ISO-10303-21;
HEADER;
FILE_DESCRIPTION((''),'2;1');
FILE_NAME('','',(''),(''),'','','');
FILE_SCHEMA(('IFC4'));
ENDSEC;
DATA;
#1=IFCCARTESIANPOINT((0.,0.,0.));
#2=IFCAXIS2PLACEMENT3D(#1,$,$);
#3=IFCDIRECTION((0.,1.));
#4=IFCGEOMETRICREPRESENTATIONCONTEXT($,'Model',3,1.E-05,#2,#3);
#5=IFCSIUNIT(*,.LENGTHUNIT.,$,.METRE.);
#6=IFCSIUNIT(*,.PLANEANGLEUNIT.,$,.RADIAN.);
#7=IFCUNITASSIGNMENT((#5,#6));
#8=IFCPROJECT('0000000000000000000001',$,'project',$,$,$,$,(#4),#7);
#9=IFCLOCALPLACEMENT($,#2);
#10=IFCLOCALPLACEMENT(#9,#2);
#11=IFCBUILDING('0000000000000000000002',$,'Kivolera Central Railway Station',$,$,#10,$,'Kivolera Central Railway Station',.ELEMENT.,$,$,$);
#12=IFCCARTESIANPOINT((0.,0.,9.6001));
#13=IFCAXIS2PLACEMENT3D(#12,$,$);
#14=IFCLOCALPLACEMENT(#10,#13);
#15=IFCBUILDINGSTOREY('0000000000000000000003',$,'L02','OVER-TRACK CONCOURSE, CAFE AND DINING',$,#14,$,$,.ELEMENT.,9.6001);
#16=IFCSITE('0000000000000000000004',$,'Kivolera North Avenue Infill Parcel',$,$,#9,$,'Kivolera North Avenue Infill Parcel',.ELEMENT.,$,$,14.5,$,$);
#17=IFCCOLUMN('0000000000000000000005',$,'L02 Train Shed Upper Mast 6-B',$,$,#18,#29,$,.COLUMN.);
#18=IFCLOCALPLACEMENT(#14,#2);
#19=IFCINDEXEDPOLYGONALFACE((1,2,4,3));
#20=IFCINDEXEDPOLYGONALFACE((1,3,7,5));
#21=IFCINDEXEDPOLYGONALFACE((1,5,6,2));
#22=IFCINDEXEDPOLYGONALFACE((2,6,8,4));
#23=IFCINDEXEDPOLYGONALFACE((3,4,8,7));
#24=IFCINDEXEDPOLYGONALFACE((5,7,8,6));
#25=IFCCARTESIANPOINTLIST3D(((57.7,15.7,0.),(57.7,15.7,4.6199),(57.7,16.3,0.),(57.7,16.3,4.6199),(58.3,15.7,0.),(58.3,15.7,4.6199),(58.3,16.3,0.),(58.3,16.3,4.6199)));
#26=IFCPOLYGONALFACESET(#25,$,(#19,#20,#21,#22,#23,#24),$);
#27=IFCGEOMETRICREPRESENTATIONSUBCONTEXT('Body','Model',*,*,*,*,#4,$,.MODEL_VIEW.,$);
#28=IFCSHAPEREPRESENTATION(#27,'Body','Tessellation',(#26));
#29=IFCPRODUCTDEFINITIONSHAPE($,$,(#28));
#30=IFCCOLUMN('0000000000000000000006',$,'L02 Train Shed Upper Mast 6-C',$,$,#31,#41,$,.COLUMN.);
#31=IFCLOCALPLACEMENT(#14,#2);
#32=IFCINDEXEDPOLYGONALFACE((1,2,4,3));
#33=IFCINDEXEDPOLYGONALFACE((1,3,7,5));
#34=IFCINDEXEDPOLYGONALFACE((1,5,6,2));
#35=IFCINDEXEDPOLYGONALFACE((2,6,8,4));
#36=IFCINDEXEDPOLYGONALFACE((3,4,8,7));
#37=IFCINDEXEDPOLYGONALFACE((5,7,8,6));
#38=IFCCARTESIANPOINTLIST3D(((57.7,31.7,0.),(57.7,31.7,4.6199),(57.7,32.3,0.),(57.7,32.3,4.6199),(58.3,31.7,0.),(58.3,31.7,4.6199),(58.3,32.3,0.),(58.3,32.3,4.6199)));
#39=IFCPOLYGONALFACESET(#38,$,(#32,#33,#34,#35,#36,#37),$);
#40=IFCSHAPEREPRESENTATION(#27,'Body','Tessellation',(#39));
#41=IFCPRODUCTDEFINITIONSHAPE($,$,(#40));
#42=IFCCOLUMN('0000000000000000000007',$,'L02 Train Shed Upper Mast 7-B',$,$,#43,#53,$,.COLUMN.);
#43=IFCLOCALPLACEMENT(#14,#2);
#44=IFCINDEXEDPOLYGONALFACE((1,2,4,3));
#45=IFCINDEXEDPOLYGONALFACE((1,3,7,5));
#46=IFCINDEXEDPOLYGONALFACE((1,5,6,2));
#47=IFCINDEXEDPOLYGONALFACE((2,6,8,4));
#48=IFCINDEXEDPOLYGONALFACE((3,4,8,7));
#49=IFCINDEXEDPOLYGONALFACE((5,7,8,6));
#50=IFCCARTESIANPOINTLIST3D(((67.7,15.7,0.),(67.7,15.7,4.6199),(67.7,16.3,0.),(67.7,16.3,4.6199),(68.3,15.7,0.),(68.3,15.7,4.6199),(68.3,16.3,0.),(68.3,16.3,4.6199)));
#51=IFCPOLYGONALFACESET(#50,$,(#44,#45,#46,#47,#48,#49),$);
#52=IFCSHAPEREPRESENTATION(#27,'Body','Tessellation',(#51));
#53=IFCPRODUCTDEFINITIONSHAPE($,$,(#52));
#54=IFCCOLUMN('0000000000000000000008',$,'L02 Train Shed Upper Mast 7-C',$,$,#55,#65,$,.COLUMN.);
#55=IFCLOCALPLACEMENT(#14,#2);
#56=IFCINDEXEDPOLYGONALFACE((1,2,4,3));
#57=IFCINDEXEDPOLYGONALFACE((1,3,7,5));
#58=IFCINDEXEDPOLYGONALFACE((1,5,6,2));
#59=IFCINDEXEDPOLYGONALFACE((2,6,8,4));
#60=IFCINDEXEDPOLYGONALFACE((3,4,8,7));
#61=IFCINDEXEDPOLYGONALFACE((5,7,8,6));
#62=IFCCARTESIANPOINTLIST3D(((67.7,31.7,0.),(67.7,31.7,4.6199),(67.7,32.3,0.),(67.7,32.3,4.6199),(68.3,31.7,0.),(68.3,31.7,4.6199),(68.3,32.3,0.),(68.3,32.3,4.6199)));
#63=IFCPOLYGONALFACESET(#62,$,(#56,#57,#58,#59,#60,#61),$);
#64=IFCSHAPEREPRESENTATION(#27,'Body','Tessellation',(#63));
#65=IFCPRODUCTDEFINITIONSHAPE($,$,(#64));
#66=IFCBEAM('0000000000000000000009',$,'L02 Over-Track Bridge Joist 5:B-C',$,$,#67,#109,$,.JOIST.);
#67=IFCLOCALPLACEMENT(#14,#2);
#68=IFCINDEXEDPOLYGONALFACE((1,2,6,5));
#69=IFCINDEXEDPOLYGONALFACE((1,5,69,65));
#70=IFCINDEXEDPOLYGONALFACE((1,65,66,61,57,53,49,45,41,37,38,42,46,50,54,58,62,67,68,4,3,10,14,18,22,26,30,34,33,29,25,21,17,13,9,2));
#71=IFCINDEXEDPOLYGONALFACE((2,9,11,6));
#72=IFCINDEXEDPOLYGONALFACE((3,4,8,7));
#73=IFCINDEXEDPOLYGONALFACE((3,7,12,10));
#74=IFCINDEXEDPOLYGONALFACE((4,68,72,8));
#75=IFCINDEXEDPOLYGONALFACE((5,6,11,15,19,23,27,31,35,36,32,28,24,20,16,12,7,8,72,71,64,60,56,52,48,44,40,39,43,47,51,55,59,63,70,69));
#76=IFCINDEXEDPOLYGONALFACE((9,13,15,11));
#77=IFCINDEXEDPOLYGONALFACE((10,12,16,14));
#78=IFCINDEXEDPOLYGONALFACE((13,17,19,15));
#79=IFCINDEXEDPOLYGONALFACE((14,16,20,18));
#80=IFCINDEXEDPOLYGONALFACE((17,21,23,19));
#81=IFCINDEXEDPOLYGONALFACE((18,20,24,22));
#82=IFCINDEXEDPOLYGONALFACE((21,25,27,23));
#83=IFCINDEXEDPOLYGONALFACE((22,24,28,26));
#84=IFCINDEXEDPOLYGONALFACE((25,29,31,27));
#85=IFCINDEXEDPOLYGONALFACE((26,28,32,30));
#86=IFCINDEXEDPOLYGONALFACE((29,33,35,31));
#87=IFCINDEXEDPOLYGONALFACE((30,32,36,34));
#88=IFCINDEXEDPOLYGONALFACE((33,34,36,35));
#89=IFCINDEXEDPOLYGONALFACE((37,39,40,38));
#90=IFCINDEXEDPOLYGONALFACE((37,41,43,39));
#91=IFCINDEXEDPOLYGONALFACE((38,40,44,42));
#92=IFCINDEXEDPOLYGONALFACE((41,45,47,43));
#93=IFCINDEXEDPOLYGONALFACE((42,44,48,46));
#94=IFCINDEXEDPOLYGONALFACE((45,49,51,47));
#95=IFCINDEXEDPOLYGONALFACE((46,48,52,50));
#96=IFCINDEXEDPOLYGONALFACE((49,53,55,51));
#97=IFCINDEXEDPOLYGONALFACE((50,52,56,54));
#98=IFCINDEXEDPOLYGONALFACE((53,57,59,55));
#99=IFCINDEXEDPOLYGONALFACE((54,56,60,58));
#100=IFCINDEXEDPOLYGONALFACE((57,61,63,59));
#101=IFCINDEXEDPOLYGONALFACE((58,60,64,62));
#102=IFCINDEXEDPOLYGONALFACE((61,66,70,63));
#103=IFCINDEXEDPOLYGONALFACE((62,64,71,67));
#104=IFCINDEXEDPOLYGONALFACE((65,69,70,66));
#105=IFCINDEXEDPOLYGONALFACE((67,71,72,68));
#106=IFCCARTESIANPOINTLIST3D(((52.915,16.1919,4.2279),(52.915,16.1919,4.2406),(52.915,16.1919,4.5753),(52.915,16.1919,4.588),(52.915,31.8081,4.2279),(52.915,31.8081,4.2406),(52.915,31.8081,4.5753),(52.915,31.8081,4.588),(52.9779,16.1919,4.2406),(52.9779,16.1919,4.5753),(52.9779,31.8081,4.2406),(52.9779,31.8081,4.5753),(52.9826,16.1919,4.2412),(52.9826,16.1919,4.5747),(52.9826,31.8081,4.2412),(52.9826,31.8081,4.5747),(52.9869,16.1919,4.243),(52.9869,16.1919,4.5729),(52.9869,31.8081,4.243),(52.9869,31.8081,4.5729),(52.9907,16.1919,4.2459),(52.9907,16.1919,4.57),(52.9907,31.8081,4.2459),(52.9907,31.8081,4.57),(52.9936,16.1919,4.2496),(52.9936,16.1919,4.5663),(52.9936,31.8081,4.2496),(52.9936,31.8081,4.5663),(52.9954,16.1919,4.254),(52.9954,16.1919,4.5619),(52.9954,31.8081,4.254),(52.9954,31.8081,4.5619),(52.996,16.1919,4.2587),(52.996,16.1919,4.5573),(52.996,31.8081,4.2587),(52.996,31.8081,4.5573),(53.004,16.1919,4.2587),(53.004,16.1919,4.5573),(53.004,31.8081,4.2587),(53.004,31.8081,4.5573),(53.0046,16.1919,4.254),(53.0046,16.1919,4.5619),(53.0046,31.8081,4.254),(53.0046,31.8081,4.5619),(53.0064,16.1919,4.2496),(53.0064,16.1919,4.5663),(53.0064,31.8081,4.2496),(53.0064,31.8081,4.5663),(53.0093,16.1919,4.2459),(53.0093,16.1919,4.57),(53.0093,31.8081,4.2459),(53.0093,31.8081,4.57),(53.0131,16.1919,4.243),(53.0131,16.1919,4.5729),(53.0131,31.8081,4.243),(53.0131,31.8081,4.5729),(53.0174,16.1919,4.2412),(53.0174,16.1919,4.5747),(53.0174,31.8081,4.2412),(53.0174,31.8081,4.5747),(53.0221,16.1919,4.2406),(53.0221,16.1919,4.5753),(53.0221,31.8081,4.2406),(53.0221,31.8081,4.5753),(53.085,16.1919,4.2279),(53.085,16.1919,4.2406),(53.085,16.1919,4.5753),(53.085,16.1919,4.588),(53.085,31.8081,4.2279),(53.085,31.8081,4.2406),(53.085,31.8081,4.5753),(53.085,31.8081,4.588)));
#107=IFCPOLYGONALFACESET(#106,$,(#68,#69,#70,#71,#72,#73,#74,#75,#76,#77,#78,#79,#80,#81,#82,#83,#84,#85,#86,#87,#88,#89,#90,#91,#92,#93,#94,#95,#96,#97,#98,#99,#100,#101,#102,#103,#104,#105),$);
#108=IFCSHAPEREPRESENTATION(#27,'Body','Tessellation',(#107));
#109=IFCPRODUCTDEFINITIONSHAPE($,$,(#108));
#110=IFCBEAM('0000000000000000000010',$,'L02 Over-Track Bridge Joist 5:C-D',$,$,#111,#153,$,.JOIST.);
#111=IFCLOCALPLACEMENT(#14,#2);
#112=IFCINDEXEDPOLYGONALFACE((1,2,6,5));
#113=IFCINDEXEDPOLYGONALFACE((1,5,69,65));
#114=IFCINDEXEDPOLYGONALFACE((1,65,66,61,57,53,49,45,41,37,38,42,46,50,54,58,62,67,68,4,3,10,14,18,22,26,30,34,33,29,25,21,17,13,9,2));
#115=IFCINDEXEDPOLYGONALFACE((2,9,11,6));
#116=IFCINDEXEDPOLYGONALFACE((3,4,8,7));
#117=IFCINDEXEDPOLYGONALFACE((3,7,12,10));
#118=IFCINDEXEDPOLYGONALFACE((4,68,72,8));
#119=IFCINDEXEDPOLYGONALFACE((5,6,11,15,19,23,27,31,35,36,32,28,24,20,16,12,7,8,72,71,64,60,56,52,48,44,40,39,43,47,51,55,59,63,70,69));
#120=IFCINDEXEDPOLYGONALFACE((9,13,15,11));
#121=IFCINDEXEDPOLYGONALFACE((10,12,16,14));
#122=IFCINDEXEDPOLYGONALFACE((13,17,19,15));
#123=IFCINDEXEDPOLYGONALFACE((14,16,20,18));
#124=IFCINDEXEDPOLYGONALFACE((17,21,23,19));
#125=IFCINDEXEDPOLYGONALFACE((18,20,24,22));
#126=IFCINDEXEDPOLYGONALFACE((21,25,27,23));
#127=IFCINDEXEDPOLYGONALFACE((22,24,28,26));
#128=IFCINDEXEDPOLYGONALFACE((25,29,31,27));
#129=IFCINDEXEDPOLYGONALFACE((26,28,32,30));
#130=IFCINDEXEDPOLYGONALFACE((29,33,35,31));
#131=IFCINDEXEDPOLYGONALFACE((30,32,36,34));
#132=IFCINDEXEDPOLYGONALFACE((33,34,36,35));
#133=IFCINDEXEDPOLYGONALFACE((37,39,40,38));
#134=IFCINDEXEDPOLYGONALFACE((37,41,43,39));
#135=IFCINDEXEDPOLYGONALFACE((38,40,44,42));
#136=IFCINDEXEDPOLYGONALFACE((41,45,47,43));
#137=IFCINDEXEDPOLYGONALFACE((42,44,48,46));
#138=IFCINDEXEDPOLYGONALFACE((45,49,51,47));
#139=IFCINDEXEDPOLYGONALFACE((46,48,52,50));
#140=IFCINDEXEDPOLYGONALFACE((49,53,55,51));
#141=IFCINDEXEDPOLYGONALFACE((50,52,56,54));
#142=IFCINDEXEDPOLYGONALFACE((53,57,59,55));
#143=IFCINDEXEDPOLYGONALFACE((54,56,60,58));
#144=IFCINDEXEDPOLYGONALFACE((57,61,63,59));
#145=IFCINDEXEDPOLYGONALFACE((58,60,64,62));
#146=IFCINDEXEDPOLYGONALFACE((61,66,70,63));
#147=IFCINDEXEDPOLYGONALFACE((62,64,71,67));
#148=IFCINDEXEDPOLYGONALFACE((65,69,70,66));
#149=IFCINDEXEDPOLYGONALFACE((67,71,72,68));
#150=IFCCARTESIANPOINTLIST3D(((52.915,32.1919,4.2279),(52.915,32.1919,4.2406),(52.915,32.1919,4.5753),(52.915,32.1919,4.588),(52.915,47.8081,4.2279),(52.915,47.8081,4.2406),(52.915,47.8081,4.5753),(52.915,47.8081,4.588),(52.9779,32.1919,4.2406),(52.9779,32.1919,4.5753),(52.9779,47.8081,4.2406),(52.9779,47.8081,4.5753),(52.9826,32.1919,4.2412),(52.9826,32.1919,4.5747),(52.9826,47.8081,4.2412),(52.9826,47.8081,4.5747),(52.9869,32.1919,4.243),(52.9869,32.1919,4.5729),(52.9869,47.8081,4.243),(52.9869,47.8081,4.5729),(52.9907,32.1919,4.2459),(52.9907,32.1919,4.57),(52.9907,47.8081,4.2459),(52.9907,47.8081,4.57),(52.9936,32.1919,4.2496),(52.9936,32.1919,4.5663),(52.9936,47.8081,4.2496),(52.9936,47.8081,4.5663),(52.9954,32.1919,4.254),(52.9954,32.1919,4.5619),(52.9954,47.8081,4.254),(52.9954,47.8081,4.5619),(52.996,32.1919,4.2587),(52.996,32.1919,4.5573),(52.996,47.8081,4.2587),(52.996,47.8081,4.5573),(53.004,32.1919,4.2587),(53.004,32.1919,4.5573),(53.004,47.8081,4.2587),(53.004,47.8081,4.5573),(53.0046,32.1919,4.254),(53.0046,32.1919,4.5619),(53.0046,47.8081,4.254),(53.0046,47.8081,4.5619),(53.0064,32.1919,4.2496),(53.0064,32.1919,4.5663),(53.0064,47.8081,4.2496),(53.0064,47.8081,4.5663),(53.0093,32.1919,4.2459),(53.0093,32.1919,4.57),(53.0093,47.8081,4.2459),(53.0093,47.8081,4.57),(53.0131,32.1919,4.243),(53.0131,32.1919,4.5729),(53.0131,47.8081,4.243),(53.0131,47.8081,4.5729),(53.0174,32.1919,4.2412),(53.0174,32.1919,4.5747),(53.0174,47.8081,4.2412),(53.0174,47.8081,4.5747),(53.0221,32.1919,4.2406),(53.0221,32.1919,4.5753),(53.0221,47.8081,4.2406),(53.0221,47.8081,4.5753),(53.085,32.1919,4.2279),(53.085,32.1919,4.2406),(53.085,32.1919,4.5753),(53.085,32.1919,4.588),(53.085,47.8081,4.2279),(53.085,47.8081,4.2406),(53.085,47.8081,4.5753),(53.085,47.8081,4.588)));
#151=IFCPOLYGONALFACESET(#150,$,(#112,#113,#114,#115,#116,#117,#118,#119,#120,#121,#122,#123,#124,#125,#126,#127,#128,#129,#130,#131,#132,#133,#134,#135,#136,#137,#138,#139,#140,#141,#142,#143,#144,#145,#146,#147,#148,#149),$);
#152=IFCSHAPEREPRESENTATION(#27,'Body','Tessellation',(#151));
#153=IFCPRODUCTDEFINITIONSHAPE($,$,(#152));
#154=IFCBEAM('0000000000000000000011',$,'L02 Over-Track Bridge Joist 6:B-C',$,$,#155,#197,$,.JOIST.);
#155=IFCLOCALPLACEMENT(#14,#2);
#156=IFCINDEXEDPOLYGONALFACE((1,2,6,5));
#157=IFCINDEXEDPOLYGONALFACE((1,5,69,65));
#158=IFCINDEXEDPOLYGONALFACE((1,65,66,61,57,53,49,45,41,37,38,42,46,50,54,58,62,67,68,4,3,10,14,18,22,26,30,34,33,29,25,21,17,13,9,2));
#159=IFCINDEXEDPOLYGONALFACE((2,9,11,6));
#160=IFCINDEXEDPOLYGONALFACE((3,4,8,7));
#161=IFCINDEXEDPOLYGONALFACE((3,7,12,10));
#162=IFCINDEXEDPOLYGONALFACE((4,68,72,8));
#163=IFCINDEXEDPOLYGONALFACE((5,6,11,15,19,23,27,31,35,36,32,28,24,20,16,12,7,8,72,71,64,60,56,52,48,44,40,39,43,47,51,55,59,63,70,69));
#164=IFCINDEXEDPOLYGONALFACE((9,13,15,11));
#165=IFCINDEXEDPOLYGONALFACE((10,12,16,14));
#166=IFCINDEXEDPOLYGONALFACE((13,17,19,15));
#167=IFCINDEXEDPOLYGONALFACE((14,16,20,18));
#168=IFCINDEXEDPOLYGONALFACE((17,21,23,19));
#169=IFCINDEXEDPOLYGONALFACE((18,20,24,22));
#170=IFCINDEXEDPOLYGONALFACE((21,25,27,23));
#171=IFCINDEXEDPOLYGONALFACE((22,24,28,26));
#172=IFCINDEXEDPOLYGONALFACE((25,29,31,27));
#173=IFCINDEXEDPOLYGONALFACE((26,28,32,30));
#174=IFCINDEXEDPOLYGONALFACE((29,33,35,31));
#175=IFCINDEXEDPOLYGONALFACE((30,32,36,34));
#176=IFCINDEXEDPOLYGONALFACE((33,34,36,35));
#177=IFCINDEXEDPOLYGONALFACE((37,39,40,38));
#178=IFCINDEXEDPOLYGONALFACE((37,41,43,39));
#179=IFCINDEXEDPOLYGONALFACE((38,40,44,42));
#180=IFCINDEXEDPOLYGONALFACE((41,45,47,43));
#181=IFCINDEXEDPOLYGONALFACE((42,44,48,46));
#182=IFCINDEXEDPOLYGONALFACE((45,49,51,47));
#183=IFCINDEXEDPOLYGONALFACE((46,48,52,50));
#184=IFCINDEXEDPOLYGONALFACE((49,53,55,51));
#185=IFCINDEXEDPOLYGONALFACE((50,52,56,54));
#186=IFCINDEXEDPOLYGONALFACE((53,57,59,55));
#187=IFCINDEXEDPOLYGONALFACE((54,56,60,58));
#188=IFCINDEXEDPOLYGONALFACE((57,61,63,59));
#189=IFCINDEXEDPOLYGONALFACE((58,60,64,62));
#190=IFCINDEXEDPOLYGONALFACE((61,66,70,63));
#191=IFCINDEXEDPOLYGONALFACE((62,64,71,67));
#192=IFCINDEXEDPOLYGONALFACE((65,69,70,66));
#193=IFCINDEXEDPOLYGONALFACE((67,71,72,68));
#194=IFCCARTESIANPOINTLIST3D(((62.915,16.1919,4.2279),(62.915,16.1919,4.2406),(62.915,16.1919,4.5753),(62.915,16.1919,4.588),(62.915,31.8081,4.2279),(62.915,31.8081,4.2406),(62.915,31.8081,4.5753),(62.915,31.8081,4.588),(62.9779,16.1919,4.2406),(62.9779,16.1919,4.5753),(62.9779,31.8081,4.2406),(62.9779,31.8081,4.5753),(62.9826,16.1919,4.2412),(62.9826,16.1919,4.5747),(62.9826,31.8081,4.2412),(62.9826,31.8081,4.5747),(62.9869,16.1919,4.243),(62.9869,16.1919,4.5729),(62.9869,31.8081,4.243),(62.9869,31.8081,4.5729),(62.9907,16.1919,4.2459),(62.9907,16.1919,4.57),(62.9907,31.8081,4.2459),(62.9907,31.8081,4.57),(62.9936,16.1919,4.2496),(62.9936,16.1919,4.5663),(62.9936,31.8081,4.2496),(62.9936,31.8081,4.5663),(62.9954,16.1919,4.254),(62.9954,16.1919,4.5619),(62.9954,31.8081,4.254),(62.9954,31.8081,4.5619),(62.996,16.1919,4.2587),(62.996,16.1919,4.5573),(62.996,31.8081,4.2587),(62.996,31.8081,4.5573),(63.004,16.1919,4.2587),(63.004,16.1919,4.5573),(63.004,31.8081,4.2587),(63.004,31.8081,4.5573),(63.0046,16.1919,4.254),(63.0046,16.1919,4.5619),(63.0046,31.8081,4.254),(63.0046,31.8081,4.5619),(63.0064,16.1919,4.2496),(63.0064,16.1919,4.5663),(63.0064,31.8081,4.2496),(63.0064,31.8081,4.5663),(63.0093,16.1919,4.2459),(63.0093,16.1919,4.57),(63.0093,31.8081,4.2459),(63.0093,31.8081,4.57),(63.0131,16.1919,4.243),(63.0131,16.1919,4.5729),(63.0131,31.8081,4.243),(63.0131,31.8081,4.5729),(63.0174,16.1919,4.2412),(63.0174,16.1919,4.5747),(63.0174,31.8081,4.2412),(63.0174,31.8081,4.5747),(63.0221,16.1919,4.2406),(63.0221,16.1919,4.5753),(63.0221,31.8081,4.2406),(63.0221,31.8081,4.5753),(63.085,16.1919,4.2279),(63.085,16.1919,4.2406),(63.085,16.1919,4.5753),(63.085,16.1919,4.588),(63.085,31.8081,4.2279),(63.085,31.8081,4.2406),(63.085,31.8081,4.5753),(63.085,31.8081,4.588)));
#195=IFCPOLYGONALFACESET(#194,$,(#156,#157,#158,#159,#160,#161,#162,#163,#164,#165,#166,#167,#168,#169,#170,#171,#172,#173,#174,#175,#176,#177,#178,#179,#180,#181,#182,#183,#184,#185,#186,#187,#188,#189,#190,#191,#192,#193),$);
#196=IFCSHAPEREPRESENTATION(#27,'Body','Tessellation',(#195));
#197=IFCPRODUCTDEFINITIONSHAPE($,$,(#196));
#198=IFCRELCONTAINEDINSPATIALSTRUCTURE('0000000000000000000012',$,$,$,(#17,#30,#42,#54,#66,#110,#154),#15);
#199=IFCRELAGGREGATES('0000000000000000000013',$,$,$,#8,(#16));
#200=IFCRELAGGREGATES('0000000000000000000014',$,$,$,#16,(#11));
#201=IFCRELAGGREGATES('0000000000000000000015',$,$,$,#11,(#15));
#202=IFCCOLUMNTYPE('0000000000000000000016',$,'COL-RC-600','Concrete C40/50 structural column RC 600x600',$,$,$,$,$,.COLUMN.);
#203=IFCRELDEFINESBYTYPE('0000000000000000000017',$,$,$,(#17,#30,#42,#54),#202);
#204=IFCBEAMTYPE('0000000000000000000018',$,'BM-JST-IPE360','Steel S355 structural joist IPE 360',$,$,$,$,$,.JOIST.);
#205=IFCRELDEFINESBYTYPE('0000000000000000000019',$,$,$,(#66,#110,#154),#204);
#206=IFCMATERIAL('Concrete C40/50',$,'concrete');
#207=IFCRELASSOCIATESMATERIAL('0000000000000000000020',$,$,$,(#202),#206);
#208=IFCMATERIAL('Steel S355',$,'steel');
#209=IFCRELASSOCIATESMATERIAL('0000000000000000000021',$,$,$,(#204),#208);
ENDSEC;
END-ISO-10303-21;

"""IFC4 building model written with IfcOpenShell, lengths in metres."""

from ifc_helpers import new_model, si_unit, direction, frame, origin, origin_2d, place, context, subcontext, project, spatial, rectangle, i_section, extrude, material, material_profile, profile_set, type_object, element, save


model = new_model("IFC4")

# Units and contexts
model_context = context("Model", 3, precision=1e-05, world=origin(), true_north=direction((0.0, 1.0)))
body_context = subcontext(model_context, "Body", "Model", "MODEL_VIEW")
ifc_project = project(units=[si_unit("LENGTHUNIT", "METRE"), si_unit("PLANEANGLEUNIT", "RADIAN")], contexts=[model_context])

# Site, building, storey
site_placement = place(None, origin())
site = spatial("IfcSite", under=ifc_project, at=site_placement, Name="Kivolera North Avenue Infill Parcel", LongName="Kivolera North Avenue Infill Parcel", CompositionType="ELEMENT", RefElevation=14.5)
building_placement = place(site_placement, origin())
building = spatial("IfcBuilding", under=site, at=building_placement, Name="Kivolera Central Railway Station", LongName="Kivolera Central Railway Station", CompositionType="ELEMENT")
storey_placement = place(building_placement, frame((0.0, 0.0, 9.6001)))
storey = spatial("IfcBuildingStorey", under=building, at=storey_placement, Name="L02", Description="OVER-TRACK CONCOURSE, CAFE AND DINING", CompositionType="ELEMENT", Elevation=9.6001)

# Columns
ifc_material_1 = material(Name="Concrete C40/50", Category="concrete")
ifc_material_profile_1 = material_profile(ifc_material_1, rectangle(XDim=0.6001, YDim=0.6001, at=origin_2d()), Name="RC 600x600")
ifc_profile_set_1 = profile_set([ifc_material_profile_1], Name="Concrete C40/50")
column_type = type_object("IfcColumnType", Name="COL-RC-600", Description="Concrete C40/50 structural column RC 600x600", PredefinedType="COLUMN", material=ifc_profile_set_1)
for number, where, z_axis, x_axis, name in (
    (1, (58.0, 16.0, 0.0), (0.0, 0.0, 1.0), (1.0, 0.0, 0.0), "L02 Train Shed Upper Mast 6-B"),
    (2, (58.0, 32.0, 0.0), (0.0, 0.0, 1.0), (1.0, 0.0, 0.0), "L02 Train Shed Upper Mast 6-C"),
    (3, (68.0, 16.0, 0.0), (0.0, 0.0, 1.0), (1.0, 0.0, 0.0), "L02 Train Shed Upper Mast 7-B"),
    (4, (68.0, 32.0, 0.0), (0.0, 0.0, 1.0), (1.0, 0.0, 0.0), "L02 Train Shed Upper Mast 7-C"),
):
    element("IfcColumn", number, at=place(storey_placement, frame(where, z_axis=z_axis, x_axis=x_axis)), inside=storey, type_object=column_type, Name=name, PredefinedType="COLUMN", context=body_context, shape_type="SweptSolid", body=[
        extrude(rectangle(XDim=0.6001, YDim=0.6001, at=origin_2d()), origin(), (0.0, 0.0, 1.0), 4.6199),
    ])

# Beams
ifc_material_2 = material(Name="Steel S355", Category="steel")
ifc_material_profile_2 = material_profile(ifc_material_2, i_section(OverallWidth=0.1699, OverallDepth=0.3601, WebThickness=0.0081, FlangeThickness=0.0127, FilletRadius=0.0181, at=origin_2d()), Name="IPE 360")
ifc_profile_set_2 = profile_set([ifc_material_profile_2], Name="Steel S355")
beam_type_1 = type_object("IfcBeamType", Name="BM-JST-IPE360", Description="Steel S355 structural joist IPE 360", PredefinedType="JOIST", material=ifc_profile_set_2)
for number, where, z_axis, x_axis, name in (
    (5, (53.0, 16.1919, 4.408), (0.0, 1.0, 0.0), (-1.0, 0.0, 0.0), "L02 Over-Track Bridge Joist 5:B-C"),
    (6, (53.0, 32.1919, 4.408), (0.0, 1.0, 0.0), (-1.0, 0.0, 0.0), "L02 Over-Track Bridge Joist 5:C-D"),
    (7, (63.0, 16.1919, 4.408), (0.0, 1.0, 0.0), (-1.0, 0.0, 0.0), "L02 Over-Track Bridge Joist 6:B-C"),
):
    element("IfcBeam", number, at=place(storey_placement, frame(where, z_axis=z_axis, x_axis=x_axis)), inside=storey, type_object=beam_type_1, Name=name, PredefinedType="JOIST", context=body_context, shape_type="SweptSolid", body=[
        extrude(i_section(OverallWidth=0.1699, OverallDepth=0.3601, WebThickness=0.0081, FlangeThickness=0.0127, FilletRadius=0.0181, at=origin_2d()), origin(), (0.0, 0.0, 1.0), 15.6162),
    ])

save(model, "model.ifc")
